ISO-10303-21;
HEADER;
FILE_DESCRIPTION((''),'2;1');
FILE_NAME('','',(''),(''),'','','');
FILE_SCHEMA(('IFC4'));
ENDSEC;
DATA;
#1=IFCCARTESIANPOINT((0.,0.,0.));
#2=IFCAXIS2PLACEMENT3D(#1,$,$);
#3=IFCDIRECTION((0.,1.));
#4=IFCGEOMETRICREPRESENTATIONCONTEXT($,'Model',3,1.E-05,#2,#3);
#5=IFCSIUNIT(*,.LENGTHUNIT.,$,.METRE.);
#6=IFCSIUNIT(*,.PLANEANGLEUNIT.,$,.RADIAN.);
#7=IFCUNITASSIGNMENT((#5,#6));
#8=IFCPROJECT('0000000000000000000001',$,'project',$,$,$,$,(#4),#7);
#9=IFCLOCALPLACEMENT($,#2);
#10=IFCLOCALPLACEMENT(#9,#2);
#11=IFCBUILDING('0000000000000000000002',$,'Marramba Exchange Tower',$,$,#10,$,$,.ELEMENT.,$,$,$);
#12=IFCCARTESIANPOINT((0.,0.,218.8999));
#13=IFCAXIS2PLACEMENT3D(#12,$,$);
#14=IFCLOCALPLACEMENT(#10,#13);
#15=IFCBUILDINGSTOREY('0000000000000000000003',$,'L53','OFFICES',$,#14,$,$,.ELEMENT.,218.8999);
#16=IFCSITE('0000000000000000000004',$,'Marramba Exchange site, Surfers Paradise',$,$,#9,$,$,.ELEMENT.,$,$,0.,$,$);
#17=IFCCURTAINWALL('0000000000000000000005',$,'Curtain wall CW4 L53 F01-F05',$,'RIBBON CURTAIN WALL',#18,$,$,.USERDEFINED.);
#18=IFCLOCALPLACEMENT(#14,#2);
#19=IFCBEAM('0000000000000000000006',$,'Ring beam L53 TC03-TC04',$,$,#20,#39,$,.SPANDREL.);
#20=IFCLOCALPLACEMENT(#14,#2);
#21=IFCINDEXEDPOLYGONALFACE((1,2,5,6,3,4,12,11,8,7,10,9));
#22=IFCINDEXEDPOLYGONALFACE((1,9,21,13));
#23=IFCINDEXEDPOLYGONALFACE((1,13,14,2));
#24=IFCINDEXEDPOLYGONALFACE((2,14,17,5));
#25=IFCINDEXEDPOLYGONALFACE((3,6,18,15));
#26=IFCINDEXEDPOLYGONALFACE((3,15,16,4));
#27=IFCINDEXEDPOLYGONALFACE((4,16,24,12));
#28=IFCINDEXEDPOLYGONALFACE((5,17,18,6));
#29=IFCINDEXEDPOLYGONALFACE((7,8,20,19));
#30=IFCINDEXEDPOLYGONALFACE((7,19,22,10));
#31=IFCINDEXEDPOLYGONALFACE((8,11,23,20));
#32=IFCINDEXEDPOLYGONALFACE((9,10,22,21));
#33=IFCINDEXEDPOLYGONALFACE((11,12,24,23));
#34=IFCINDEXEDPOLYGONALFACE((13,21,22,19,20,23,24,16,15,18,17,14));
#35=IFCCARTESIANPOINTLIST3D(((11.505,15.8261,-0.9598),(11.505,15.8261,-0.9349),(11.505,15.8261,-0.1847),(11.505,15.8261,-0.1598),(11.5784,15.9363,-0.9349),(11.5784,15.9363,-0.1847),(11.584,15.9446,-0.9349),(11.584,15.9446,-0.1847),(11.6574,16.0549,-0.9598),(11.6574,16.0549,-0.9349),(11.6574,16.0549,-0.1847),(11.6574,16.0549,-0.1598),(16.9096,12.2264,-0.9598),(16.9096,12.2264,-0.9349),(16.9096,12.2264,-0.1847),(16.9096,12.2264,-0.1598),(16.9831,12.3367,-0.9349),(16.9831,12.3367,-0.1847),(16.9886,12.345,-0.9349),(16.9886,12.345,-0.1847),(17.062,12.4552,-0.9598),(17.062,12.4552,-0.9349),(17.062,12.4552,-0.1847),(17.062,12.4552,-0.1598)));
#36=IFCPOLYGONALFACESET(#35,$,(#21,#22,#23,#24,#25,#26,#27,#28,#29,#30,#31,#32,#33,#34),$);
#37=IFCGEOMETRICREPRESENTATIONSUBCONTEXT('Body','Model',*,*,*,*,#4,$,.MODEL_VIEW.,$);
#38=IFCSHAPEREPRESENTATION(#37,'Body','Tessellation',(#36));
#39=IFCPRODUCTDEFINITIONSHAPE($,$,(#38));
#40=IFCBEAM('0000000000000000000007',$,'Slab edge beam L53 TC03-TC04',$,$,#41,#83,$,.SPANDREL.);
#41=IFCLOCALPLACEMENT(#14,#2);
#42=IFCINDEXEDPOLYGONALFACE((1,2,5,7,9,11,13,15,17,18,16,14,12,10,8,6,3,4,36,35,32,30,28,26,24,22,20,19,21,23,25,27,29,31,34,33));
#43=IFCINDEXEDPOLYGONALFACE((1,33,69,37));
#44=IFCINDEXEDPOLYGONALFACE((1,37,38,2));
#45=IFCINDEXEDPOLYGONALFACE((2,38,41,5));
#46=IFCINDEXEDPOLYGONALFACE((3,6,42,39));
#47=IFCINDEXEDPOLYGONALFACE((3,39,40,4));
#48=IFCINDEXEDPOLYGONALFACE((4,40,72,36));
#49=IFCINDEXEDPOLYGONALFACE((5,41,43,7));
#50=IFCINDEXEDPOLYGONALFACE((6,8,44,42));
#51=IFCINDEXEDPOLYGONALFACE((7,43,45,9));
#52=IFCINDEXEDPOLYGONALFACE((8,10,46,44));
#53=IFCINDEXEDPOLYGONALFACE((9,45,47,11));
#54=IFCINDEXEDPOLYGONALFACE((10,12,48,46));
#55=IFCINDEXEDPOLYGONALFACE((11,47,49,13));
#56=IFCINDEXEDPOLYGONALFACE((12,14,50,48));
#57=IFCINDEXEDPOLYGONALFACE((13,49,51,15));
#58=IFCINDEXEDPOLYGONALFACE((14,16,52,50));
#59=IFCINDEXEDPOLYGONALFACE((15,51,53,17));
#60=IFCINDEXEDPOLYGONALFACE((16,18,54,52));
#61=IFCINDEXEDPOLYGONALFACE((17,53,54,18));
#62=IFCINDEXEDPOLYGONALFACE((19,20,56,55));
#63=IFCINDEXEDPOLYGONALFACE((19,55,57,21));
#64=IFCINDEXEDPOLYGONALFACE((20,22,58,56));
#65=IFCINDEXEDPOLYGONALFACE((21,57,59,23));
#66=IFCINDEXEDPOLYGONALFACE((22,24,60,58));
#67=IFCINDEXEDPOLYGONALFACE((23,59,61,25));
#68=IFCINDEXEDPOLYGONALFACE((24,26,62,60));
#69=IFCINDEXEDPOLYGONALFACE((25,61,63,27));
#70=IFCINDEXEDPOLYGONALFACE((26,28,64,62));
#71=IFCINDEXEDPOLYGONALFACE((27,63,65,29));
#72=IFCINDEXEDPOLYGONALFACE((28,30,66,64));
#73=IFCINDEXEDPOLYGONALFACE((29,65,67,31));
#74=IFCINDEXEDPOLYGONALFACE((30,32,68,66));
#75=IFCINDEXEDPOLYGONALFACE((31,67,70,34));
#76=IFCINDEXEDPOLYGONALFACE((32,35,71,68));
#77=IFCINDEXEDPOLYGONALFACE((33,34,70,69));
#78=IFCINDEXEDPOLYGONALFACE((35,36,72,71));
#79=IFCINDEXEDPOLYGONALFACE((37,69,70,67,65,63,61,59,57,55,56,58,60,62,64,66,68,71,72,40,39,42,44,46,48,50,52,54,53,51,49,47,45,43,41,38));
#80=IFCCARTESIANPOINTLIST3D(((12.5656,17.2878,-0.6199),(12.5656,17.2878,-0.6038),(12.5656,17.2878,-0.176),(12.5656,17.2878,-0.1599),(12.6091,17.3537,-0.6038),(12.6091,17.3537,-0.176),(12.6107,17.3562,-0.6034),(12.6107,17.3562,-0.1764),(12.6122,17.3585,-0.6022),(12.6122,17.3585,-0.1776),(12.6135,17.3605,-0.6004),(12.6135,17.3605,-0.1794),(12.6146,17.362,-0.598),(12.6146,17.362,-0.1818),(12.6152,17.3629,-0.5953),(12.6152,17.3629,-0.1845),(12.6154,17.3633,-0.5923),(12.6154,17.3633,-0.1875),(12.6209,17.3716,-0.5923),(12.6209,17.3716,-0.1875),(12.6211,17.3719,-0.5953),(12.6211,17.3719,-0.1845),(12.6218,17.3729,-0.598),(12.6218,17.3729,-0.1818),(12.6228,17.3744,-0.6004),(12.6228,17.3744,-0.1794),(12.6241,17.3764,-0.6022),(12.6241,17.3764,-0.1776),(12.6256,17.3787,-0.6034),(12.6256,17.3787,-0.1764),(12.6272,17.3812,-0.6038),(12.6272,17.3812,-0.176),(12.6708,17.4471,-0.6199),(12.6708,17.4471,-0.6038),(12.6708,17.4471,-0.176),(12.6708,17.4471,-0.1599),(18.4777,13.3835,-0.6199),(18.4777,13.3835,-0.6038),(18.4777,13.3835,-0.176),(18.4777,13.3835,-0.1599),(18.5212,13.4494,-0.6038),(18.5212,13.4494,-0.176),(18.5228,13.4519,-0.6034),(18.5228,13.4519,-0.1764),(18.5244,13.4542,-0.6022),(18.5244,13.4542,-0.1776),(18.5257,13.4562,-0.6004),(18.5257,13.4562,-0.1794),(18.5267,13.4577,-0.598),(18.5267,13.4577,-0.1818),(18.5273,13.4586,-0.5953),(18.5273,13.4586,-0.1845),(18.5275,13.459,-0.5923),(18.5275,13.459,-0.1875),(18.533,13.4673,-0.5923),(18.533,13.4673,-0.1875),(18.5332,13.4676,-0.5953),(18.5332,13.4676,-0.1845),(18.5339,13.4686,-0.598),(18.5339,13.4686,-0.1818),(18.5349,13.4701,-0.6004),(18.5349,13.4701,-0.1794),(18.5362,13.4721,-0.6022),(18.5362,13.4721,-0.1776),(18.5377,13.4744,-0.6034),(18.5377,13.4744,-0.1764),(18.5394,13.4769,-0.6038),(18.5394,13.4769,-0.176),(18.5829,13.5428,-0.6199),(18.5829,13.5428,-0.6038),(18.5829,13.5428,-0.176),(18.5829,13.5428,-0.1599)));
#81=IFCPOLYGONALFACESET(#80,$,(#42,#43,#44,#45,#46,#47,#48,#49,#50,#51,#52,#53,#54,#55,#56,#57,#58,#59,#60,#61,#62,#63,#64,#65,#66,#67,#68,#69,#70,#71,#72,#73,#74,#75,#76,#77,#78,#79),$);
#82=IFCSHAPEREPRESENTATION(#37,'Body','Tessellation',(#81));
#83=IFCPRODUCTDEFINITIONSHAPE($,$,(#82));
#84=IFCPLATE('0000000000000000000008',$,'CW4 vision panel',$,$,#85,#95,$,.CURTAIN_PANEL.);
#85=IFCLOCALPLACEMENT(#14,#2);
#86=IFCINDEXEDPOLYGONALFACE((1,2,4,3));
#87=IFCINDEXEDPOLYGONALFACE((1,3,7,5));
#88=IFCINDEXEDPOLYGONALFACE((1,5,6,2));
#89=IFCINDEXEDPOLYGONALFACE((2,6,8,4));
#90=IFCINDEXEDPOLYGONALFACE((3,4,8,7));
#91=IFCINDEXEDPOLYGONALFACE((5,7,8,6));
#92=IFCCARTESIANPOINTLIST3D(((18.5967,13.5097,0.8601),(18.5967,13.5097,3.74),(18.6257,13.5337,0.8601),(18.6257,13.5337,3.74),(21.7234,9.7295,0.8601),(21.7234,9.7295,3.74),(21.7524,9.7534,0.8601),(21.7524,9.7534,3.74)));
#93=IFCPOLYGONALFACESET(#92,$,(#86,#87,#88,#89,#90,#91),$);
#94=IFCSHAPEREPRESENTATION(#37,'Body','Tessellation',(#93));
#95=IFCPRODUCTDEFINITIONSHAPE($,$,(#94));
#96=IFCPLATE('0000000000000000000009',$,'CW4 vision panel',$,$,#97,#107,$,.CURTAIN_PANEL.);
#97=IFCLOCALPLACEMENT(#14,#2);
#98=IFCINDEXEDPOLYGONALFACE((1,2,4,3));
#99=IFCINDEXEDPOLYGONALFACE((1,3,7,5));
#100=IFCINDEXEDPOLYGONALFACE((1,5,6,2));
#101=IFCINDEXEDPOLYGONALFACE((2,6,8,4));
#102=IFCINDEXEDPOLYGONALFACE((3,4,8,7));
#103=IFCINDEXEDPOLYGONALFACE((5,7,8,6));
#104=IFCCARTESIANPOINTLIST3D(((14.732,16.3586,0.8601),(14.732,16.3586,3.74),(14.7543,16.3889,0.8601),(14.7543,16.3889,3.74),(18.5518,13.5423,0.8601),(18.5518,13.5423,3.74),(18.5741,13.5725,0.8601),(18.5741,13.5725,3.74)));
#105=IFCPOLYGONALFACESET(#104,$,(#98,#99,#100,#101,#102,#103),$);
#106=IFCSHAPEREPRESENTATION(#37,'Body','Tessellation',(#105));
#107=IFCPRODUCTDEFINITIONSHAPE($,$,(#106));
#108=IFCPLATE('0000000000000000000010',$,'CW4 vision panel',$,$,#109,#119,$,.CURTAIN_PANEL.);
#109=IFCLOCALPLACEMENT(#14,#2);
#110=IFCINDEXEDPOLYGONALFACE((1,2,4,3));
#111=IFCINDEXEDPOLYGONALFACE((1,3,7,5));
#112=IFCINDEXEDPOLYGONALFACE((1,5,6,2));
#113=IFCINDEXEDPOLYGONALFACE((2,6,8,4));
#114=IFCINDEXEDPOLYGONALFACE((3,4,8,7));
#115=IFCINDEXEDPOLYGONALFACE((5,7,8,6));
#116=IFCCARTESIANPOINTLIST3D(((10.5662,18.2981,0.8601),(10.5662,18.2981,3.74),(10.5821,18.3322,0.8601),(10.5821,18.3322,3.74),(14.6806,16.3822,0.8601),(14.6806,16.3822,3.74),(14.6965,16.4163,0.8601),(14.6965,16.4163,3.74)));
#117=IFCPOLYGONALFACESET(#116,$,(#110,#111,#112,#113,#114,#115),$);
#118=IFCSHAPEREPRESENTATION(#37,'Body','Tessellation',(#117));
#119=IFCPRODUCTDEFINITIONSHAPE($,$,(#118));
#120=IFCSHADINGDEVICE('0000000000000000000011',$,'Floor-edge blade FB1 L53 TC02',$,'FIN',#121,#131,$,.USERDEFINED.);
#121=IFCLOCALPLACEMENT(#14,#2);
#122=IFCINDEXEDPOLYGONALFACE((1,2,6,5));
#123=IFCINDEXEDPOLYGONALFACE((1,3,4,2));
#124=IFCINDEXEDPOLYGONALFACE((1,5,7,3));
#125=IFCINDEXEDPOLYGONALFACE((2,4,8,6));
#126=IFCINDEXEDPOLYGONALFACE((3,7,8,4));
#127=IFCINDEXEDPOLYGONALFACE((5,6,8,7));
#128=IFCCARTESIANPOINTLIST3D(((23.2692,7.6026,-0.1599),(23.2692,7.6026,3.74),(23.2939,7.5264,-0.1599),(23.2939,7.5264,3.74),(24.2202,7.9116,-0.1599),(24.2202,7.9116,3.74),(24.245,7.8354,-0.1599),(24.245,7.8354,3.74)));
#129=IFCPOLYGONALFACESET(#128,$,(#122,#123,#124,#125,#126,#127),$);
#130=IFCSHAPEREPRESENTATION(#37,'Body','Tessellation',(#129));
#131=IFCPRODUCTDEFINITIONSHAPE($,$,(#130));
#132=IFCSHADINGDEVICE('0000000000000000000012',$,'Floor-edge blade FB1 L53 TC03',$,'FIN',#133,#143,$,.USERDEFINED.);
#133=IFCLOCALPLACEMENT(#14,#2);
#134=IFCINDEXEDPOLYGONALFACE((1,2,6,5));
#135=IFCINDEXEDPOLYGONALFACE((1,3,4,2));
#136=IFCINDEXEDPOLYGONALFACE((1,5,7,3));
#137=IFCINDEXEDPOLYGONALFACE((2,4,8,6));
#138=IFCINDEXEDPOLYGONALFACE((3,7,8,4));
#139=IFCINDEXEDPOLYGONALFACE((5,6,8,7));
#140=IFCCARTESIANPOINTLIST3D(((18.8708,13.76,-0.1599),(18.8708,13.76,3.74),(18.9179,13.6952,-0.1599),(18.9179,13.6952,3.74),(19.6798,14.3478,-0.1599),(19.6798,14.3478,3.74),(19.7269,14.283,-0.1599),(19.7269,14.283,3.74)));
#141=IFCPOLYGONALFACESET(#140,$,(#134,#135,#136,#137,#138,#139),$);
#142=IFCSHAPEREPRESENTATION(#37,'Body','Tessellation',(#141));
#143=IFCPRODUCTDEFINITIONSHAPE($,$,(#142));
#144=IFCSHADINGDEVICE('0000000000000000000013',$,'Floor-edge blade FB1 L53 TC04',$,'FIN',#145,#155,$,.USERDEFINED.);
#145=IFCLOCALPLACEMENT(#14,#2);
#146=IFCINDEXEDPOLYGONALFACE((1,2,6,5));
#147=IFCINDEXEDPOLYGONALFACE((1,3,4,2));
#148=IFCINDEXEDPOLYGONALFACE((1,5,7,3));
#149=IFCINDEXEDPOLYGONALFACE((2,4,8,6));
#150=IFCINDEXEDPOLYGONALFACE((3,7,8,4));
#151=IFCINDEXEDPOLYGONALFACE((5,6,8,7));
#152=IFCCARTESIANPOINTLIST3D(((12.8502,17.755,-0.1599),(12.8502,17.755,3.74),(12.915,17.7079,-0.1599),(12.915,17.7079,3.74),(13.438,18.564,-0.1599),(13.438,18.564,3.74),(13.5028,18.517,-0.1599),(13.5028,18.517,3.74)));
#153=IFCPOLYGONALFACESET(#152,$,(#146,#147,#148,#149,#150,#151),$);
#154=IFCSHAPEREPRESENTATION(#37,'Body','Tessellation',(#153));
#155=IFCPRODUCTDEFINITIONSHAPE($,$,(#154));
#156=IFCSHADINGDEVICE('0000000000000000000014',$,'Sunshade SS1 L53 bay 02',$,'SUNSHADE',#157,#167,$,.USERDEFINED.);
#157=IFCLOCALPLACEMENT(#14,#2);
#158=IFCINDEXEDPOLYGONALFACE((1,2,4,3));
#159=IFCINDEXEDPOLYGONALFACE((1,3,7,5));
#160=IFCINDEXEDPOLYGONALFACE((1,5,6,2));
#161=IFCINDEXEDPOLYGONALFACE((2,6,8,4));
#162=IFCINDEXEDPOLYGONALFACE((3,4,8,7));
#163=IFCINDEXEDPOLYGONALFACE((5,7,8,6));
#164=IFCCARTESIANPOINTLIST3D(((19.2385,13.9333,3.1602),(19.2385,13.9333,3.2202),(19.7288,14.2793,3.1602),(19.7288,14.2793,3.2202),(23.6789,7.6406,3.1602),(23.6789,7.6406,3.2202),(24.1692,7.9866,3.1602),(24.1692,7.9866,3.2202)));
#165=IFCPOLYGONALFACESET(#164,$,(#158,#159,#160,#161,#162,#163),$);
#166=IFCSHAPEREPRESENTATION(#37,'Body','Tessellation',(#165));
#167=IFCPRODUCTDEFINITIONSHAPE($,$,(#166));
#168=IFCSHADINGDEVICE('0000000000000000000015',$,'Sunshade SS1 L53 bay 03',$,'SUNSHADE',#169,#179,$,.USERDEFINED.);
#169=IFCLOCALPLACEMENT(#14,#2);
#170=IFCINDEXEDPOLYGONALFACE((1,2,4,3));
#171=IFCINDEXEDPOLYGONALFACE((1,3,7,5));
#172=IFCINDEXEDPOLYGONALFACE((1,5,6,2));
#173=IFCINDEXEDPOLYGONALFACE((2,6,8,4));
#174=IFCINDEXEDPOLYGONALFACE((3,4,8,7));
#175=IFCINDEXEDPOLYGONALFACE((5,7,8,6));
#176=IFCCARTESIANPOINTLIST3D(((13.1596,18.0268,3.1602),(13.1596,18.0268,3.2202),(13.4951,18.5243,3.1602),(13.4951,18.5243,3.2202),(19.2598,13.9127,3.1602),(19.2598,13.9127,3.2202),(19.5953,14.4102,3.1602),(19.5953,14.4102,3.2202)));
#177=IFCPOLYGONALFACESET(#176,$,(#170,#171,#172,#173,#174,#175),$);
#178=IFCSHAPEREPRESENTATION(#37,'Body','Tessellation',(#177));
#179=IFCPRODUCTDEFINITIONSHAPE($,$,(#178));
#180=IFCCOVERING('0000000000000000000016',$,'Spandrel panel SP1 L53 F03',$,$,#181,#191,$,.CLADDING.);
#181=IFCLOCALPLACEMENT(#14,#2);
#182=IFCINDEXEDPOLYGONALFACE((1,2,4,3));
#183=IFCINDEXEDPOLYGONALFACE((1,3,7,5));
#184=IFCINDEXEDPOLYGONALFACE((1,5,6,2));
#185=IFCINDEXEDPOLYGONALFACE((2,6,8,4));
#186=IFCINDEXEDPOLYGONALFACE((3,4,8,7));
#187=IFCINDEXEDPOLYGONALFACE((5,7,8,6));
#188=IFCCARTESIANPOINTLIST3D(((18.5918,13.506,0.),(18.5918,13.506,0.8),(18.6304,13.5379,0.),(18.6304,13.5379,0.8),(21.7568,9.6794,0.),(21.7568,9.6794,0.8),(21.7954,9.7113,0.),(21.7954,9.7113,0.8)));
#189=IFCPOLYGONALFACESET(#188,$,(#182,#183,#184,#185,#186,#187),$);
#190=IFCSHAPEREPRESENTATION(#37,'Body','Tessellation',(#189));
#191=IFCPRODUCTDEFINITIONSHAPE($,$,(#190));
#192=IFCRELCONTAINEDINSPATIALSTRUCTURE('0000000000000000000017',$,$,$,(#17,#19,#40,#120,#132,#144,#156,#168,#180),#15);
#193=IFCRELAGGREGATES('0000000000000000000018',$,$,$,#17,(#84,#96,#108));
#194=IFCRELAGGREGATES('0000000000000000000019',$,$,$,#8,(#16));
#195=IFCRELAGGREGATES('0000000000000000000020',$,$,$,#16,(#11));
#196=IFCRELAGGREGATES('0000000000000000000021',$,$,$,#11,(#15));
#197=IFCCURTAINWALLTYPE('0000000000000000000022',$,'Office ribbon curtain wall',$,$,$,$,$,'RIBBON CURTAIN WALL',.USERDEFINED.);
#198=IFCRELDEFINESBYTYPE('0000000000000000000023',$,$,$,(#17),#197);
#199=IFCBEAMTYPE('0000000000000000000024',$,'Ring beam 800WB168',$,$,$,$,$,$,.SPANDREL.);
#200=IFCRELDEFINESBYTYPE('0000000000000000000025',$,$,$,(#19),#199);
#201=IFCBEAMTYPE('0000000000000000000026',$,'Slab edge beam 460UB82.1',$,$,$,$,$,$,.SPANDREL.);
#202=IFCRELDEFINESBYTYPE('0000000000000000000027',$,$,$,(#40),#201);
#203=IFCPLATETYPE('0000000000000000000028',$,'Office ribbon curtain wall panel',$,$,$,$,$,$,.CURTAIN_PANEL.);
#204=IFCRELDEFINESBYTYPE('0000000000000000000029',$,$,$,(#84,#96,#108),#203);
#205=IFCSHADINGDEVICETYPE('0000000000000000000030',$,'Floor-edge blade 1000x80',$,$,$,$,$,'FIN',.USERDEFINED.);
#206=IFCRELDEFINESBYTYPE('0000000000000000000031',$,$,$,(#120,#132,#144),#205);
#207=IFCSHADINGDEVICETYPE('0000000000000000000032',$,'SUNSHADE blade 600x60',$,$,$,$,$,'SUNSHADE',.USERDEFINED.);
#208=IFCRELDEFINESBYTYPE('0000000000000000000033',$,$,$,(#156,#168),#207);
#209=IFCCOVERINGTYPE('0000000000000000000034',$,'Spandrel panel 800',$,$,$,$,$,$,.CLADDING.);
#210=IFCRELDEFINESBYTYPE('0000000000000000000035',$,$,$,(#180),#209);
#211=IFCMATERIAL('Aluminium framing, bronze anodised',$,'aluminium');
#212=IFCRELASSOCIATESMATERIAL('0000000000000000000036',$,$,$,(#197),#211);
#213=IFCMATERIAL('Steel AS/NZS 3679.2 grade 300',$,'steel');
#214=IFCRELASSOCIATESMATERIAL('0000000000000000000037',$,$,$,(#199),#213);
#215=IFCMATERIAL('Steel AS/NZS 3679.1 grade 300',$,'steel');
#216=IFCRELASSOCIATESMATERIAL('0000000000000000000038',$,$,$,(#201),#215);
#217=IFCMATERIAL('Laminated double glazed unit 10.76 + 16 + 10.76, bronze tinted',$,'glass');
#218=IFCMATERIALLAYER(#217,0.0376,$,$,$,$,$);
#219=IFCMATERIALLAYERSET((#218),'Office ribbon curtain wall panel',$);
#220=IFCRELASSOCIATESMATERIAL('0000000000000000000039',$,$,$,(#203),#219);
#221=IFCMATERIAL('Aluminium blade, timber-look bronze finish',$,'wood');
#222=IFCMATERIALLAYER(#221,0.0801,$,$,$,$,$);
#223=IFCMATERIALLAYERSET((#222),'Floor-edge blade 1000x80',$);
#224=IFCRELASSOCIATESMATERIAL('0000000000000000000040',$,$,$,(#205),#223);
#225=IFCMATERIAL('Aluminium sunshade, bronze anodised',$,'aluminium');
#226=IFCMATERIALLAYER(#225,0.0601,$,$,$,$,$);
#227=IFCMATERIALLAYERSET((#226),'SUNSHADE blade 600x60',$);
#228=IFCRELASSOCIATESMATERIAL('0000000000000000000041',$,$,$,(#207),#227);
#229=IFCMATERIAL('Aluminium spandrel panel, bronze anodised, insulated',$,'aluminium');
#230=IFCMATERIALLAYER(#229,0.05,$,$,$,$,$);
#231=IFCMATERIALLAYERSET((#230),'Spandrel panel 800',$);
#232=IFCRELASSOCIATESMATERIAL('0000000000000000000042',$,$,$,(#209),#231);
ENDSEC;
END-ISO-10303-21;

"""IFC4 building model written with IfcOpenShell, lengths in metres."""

from ifc_helpers import new_model, si_unit, direction, frame, origin, origin_2d, place, context, subcontext, project, spatial, rectangle, i_section, extrude, material, layer, layer_set, material_profile, profile_set, type_object, element, aggregate, save


model = new_model("IFC4")

# Units and contexts
model_context = context("Model", 3, precision=1e-05, world=origin(), true_north=direction((0.0, 1.0)))
body_context = subcontext(model_context, "Body", "Model", "MODEL_VIEW")
ifc_project = project(units=[si_unit("LENGTHUNIT", "METRE"), si_unit("PLANEANGLEUNIT", "RADIAN")], contexts=[model_context])

# Site, building, storey
site_placement = place(None, origin())
site = spatial("IfcSite", under=ifc_project, at=site_placement, Name="Marramba Exchange site, Surfers Paradise", CompositionType="ELEMENT", RefElevation=0.0)
building_placement = place(site_placement, origin())
building = spatial("IfcBuilding", under=site, at=building_placement, Name="Marramba Exchange Tower", CompositionType="ELEMENT")
storey_placement = place(building_placement, frame((0.0, 0.0, 218.8999)))
storey = spatial("IfcBuildingStorey", under=building, at=storey_placement, Name="L53", Description="OFFICES", CompositionType="ELEMENT", Elevation=218.8999)

# Shared definitions
ifc_material_1 = material(Name="Steel AS/NZS 3679.2 grade 300", Category="steel")
ifc_material_2 = material(Name="Steel AS/NZS 3679.1 grade 300", Category="steel")

# Curtain wall
ifc_material_3 = material(Name="Aluminium framing, bronze anodised", Category="aluminium")
curtain_wall_type = type_object("IfcCurtainWallType", Name="Office ribbon curtain wall", ElementType="RIBBON CURTAIN WALL", PredefinedType="USERDEFINED", material=ifc_material_3)
curtain_wall_placement = place(storey_placement, origin())
curtain_wall = element("IfcCurtainWall", 1, at=curtain_wall_placement, inside=storey, type_object=curtain_wall_type, Name="Curtain wall CW4 L53 F01-F05", ObjectType="RIBBON CURTAIN WALL", PredefinedType="USERDEFINED")

# Beams
ifc_material_profile_1 = material_profile(ifc_material_1, i_section(OverallWidth=0.2749, OverallDepth=0.8, WebThickness=0.01, FlangeThickness=0.0249, at=origin_2d()), Name="800WB168")
ifc_profile_set_1 = profile_set([ifc_material_profile_1], Name="Steel AS/NZS 3679.2 grade 300")
beam_type_1 = type_object("IfcBeamType", Name="Ring beam 800WB168", PredefinedType="SPANDREL", material=ifc_profile_set_1)
beam_1_placement = place(storey_placement, frame((16.9858, 12.3408, -0.5598), z_axis=(-0.832293, 0.554336, 0.0), x_axis=(-0.554336, -0.832293, 0.0)))
element("IfcBeam", 2, at=beam_1_placement, inside=storey, type_object=beam_type_1, Name="Ring beam L53 TC03-TC04", PredefinedType="SPANDREL", context=body_context, shape_type="SweptSolid", body=[
    extrude(i_section(OverallWidth=0.2749, OverallDepth=0.8, WebThickness=0.01, FlangeThickness=0.0249, at=origin_2d()), origin(), (0.0, 0.0, 1.0), 6.4937),
])
ifc_material_profile_2 = material_profile(ifc_material_2, i_section(OverallWidth=0.1909, OverallDepth=0.46, WebThickness=0.01, FlangeThickness=0.0161, FilletRadius=0.0115, at=origin_2d()), Name="460UB82.1")
ifc_profile_set_2 = profile_set([ifc_material_profile_2], Name="Steel AS/NZS 3679.1 grade 300")
beam_type_2 = type_object("IfcBeamType", Name="Slab edge beam 460UB82.1", PredefinedType="SPANDREL", material=ifc_profile_set_2)
beam_2_placement = place(storey_placement, frame((18.5303, 13.4631, -0.3899), z_axis=(-0.83446, 0.551069, 0.0), x_axis=(-0.551069, -0.83446, 0.0)))
element("IfcBeam", 3, at=beam_2_placement, inside=storey, type_object=beam_type_2, Name="Slab edge beam L53 TC03-TC04", PredefinedType="SPANDREL", context=body_context, shape_type="SweptSolid", body=[
    extrude(i_section(OverallWidth=0.1909, OverallDepth=0.46, WebThickness=0.01, FlangeThickness=0.0161, FilletRadius=0.0115, at=origin_2d()), origin(), (0.0, 0.0, 1.0), 7.085),
])

# Plates
ifc_material_4 = material(Name="Laminated double glazed unit 10.76 + 16 + 10.76, bronze tinted", Category="glass")
ifc_layer_1 = layer(ifc_material_4, 0.0376)
ifc_layer_set_1 = layer_set([ifc_layer_1], Name="Office ribbon curtain wall panel")
plate_type = type_object("IfcPlateType", Name="Office ribbon curtain wall panel", PredefinedType="CURTAIN_PANEL", material=ifc_layer_set_1)
plate_1_placement = place(storey_placement, frame((20.1746, 11.6316, 0.8601), z_axis=(0.0, 0.0, 1.0), x_axis=(-0.63735, 0.770574, 0.0)))
plate_1 = element("IfcPlate", 4, at=plate_1_placement, type_object=plate_type, Name="CW4 vision panel", PredefinedType="CURTAIN_PANEL", context=body_context, shape_type="SweptSolid", body=[
    extrude(rectangle(XDim=4.9058, YDim=0.0376, at=origin_2d()), origin(), (0.0, 0.0, 1.0), 2.8799),
])
plate_2_placement = place(storey_placement, frame((16.6531, 14.9656, 0.8601), z_axis=(0.0, 0.0, 1.0), x_axis=(-0.804877, 0.593441, 0.0)))
plate_2 = element("IfcPlate", 5, at=plate_2_placement, type_object=plate_type, Name="CW4 vision panel", PredefinedType="CURTAIN_PANEL", context=body_context, shape_type="SweptSolid", body=[
    extrude(rectangle(XDim=4.7458, YDim=0.0376, at=origin_2d()), origin(), (0.0, 0.0, 1.0), 2.8799),
])
plate_3_placement = place(storey_placement, frame((12.6313, 17.3572, 0.8601), z_axis=(0.0, 0.0, 1.0), x_axis=(-0.906534, 0.422133, 0.0)))
plate_3 = element("IfcPlate", 6, at=plate_3_placement, type_object=plate_type, Name="CW4 vision panel", PredefinedType="CURTAIN_PANEL", context=body_context, shape_type="SweptSolid", body=[
    extrude(rectangle(XDim=4.5386, YDim=0.0376, at=origin_2d()), origin(), (0.0, 0.0, 1.0), 2.8799),
])
aggregate(curtain_wall, [plate_1, plate_2, plate_3])

# Shading devices
ifc_material_5 = material(Name="Aluminium blade, timber-look bronze finish", Category="wood")
ifc_layer_2 = layer(ifc_material_5, 0.0801)
ifc_layer_set_2 = layer_set([ifc_layer_2], Name="Floor-edge blade 1000x80")
shading_device_type_1 = type_object("IfcShadingDeviceType", Name="Floor-edge blade 1000x80", ElementType="FIN", PredefinedType="USERDEFINED", material=ifc_layer_set_2)
for number, where, z_axis, x_axis, name in (
    (7, (23.7571, 7.719, -0.1599), (0.0, 0.0, 1.0), (0.951057, 0.309017, 0.0), "Floor-edge blade FB1 L53 TC02"),
    (8, (19.2988, 14.0215, -0.1599), (0.0, 0.0, 1.0), (0.809017, 0.587785, 0.0), "Floor-edge blade FB1 L53 TC03"),
    (9, (13.1765, 18.136, -0.1599), (0.0, 0.0, 1.0), (0.587785, 0.809017, 0.0), "Floor-edge blade FB1 L53 TC04"),
):
    element("IfcShadingDevice", number, at=place(storey_placement, frame(where, z_axis=z_axis, x_axis=x_axis)), inside=storey, type_object=shading_device_type_1, Name=name, ObjectType="FIN", PredefinedType="USERDEFINED", context=body_context, shape_type="SweptSolid", body=[
        extrude(rectangle(XDim=1.0, YDim=0.0801, at=origin_2d()), origin(), (0.0, 0.0, 1.0), 3.8999),
    ])
ifc_material_6 = material(Name="Aluminium sunshade, bronze anodised", Category="aluminium")
ifc_layer_3 = layer(ifc_material_6, 0.0601)
ifc_layer_set_3 = layer_set([ifc_layer_3], Name="SUNSHADE blade 600x60")
shading_device_type_2 = type_object("IfcShadingDeviceType", Name="SUNSHADE blade 600x60", ElementType="SUNSHADE", PredefinedType="USERDEFINED", material=ifc_layer_set_3)
shading_device_1_placement = place(storey_placement, frame((21.7039, 10.96, 3.1602), z_axis=(0.0, 0.0, 1.0), x_axis=(-0.576555, 0.817058, 0.0)))
element("IfcShadingDevice", 10, at=shading_device_1_placement, inside=storey, type_object=shading_device_type_2, Name="Sunshade SS1 L53 bay 02", ObjectType="SUNSHADE", PredefinedType="USERDEFINED", context=body_context, shape_type="SweptSolid", body=[
    extrude(rectangle(XDim=7.7017, YDim=0.6001, at=origin_2d()), origin(), (0.0, 0.0, 1.0), 0.0601),
])
shading_device_2_placement = place(storey_placement, frame((16.3774, 16.2185, 3.1602), z_axis=(0.0, 0.0, 1.0), x_axis=(-0.829071, 0.559143, 0.0)))
element("IfcShadingDevice", 11, at=shading_device_2_placement, inside=storey, type_object=shading_device_type_2, Name="Sunshade SS1 L53 bay 03", ObjectType="SUNSHADE", PredefinedType="USERDEFINED", context=body_context, shape_type="SweptSolid", body=[
    extrude(rectangle(XDim=7.3579, YDim=0.6001, at=origin_2d()), origin(), (0.0, 0.0, 1.0), 0.0601),
])

# Covering
ifc_material_7 = material(Name="Aluminium spandrel panel, bronze anodised, insulated", Category="aluminium")
ifc_layer_4 = layer(ifc_material_7, 0.05)
ifc_layer_set_4 = layer_set([ifc_layer_4], Name="Spandrel panel 800")
covering_type = type_object("IfcCoveringType", Name="Spandrel panel 800", PredefinedType="CLADDING", material=ifc_layer_set_4)
covering_1_placement = place(storey_placement, frame((20.1936, 11.6086, 0.0), z_axis=(0.0, 0.0, 1.0), x_axis=(-0.63735, 0.770574, 0.0)))
element("IfcCovering", 12, at=covering_1_placement, inside=storey, type_object=covering_type, Name="Spandrel panel SP1 L53 F03", PredefinedType="CLADDING", context=body_context, shape_type="SweptSolid", body=[
    extrude(rectangle(XDim=4.9658, YDim=0.05, at=origin_2d()), origin(), (0.0, 0.0, 1.0), 0.8),
])

save(model, "model.ifc")
